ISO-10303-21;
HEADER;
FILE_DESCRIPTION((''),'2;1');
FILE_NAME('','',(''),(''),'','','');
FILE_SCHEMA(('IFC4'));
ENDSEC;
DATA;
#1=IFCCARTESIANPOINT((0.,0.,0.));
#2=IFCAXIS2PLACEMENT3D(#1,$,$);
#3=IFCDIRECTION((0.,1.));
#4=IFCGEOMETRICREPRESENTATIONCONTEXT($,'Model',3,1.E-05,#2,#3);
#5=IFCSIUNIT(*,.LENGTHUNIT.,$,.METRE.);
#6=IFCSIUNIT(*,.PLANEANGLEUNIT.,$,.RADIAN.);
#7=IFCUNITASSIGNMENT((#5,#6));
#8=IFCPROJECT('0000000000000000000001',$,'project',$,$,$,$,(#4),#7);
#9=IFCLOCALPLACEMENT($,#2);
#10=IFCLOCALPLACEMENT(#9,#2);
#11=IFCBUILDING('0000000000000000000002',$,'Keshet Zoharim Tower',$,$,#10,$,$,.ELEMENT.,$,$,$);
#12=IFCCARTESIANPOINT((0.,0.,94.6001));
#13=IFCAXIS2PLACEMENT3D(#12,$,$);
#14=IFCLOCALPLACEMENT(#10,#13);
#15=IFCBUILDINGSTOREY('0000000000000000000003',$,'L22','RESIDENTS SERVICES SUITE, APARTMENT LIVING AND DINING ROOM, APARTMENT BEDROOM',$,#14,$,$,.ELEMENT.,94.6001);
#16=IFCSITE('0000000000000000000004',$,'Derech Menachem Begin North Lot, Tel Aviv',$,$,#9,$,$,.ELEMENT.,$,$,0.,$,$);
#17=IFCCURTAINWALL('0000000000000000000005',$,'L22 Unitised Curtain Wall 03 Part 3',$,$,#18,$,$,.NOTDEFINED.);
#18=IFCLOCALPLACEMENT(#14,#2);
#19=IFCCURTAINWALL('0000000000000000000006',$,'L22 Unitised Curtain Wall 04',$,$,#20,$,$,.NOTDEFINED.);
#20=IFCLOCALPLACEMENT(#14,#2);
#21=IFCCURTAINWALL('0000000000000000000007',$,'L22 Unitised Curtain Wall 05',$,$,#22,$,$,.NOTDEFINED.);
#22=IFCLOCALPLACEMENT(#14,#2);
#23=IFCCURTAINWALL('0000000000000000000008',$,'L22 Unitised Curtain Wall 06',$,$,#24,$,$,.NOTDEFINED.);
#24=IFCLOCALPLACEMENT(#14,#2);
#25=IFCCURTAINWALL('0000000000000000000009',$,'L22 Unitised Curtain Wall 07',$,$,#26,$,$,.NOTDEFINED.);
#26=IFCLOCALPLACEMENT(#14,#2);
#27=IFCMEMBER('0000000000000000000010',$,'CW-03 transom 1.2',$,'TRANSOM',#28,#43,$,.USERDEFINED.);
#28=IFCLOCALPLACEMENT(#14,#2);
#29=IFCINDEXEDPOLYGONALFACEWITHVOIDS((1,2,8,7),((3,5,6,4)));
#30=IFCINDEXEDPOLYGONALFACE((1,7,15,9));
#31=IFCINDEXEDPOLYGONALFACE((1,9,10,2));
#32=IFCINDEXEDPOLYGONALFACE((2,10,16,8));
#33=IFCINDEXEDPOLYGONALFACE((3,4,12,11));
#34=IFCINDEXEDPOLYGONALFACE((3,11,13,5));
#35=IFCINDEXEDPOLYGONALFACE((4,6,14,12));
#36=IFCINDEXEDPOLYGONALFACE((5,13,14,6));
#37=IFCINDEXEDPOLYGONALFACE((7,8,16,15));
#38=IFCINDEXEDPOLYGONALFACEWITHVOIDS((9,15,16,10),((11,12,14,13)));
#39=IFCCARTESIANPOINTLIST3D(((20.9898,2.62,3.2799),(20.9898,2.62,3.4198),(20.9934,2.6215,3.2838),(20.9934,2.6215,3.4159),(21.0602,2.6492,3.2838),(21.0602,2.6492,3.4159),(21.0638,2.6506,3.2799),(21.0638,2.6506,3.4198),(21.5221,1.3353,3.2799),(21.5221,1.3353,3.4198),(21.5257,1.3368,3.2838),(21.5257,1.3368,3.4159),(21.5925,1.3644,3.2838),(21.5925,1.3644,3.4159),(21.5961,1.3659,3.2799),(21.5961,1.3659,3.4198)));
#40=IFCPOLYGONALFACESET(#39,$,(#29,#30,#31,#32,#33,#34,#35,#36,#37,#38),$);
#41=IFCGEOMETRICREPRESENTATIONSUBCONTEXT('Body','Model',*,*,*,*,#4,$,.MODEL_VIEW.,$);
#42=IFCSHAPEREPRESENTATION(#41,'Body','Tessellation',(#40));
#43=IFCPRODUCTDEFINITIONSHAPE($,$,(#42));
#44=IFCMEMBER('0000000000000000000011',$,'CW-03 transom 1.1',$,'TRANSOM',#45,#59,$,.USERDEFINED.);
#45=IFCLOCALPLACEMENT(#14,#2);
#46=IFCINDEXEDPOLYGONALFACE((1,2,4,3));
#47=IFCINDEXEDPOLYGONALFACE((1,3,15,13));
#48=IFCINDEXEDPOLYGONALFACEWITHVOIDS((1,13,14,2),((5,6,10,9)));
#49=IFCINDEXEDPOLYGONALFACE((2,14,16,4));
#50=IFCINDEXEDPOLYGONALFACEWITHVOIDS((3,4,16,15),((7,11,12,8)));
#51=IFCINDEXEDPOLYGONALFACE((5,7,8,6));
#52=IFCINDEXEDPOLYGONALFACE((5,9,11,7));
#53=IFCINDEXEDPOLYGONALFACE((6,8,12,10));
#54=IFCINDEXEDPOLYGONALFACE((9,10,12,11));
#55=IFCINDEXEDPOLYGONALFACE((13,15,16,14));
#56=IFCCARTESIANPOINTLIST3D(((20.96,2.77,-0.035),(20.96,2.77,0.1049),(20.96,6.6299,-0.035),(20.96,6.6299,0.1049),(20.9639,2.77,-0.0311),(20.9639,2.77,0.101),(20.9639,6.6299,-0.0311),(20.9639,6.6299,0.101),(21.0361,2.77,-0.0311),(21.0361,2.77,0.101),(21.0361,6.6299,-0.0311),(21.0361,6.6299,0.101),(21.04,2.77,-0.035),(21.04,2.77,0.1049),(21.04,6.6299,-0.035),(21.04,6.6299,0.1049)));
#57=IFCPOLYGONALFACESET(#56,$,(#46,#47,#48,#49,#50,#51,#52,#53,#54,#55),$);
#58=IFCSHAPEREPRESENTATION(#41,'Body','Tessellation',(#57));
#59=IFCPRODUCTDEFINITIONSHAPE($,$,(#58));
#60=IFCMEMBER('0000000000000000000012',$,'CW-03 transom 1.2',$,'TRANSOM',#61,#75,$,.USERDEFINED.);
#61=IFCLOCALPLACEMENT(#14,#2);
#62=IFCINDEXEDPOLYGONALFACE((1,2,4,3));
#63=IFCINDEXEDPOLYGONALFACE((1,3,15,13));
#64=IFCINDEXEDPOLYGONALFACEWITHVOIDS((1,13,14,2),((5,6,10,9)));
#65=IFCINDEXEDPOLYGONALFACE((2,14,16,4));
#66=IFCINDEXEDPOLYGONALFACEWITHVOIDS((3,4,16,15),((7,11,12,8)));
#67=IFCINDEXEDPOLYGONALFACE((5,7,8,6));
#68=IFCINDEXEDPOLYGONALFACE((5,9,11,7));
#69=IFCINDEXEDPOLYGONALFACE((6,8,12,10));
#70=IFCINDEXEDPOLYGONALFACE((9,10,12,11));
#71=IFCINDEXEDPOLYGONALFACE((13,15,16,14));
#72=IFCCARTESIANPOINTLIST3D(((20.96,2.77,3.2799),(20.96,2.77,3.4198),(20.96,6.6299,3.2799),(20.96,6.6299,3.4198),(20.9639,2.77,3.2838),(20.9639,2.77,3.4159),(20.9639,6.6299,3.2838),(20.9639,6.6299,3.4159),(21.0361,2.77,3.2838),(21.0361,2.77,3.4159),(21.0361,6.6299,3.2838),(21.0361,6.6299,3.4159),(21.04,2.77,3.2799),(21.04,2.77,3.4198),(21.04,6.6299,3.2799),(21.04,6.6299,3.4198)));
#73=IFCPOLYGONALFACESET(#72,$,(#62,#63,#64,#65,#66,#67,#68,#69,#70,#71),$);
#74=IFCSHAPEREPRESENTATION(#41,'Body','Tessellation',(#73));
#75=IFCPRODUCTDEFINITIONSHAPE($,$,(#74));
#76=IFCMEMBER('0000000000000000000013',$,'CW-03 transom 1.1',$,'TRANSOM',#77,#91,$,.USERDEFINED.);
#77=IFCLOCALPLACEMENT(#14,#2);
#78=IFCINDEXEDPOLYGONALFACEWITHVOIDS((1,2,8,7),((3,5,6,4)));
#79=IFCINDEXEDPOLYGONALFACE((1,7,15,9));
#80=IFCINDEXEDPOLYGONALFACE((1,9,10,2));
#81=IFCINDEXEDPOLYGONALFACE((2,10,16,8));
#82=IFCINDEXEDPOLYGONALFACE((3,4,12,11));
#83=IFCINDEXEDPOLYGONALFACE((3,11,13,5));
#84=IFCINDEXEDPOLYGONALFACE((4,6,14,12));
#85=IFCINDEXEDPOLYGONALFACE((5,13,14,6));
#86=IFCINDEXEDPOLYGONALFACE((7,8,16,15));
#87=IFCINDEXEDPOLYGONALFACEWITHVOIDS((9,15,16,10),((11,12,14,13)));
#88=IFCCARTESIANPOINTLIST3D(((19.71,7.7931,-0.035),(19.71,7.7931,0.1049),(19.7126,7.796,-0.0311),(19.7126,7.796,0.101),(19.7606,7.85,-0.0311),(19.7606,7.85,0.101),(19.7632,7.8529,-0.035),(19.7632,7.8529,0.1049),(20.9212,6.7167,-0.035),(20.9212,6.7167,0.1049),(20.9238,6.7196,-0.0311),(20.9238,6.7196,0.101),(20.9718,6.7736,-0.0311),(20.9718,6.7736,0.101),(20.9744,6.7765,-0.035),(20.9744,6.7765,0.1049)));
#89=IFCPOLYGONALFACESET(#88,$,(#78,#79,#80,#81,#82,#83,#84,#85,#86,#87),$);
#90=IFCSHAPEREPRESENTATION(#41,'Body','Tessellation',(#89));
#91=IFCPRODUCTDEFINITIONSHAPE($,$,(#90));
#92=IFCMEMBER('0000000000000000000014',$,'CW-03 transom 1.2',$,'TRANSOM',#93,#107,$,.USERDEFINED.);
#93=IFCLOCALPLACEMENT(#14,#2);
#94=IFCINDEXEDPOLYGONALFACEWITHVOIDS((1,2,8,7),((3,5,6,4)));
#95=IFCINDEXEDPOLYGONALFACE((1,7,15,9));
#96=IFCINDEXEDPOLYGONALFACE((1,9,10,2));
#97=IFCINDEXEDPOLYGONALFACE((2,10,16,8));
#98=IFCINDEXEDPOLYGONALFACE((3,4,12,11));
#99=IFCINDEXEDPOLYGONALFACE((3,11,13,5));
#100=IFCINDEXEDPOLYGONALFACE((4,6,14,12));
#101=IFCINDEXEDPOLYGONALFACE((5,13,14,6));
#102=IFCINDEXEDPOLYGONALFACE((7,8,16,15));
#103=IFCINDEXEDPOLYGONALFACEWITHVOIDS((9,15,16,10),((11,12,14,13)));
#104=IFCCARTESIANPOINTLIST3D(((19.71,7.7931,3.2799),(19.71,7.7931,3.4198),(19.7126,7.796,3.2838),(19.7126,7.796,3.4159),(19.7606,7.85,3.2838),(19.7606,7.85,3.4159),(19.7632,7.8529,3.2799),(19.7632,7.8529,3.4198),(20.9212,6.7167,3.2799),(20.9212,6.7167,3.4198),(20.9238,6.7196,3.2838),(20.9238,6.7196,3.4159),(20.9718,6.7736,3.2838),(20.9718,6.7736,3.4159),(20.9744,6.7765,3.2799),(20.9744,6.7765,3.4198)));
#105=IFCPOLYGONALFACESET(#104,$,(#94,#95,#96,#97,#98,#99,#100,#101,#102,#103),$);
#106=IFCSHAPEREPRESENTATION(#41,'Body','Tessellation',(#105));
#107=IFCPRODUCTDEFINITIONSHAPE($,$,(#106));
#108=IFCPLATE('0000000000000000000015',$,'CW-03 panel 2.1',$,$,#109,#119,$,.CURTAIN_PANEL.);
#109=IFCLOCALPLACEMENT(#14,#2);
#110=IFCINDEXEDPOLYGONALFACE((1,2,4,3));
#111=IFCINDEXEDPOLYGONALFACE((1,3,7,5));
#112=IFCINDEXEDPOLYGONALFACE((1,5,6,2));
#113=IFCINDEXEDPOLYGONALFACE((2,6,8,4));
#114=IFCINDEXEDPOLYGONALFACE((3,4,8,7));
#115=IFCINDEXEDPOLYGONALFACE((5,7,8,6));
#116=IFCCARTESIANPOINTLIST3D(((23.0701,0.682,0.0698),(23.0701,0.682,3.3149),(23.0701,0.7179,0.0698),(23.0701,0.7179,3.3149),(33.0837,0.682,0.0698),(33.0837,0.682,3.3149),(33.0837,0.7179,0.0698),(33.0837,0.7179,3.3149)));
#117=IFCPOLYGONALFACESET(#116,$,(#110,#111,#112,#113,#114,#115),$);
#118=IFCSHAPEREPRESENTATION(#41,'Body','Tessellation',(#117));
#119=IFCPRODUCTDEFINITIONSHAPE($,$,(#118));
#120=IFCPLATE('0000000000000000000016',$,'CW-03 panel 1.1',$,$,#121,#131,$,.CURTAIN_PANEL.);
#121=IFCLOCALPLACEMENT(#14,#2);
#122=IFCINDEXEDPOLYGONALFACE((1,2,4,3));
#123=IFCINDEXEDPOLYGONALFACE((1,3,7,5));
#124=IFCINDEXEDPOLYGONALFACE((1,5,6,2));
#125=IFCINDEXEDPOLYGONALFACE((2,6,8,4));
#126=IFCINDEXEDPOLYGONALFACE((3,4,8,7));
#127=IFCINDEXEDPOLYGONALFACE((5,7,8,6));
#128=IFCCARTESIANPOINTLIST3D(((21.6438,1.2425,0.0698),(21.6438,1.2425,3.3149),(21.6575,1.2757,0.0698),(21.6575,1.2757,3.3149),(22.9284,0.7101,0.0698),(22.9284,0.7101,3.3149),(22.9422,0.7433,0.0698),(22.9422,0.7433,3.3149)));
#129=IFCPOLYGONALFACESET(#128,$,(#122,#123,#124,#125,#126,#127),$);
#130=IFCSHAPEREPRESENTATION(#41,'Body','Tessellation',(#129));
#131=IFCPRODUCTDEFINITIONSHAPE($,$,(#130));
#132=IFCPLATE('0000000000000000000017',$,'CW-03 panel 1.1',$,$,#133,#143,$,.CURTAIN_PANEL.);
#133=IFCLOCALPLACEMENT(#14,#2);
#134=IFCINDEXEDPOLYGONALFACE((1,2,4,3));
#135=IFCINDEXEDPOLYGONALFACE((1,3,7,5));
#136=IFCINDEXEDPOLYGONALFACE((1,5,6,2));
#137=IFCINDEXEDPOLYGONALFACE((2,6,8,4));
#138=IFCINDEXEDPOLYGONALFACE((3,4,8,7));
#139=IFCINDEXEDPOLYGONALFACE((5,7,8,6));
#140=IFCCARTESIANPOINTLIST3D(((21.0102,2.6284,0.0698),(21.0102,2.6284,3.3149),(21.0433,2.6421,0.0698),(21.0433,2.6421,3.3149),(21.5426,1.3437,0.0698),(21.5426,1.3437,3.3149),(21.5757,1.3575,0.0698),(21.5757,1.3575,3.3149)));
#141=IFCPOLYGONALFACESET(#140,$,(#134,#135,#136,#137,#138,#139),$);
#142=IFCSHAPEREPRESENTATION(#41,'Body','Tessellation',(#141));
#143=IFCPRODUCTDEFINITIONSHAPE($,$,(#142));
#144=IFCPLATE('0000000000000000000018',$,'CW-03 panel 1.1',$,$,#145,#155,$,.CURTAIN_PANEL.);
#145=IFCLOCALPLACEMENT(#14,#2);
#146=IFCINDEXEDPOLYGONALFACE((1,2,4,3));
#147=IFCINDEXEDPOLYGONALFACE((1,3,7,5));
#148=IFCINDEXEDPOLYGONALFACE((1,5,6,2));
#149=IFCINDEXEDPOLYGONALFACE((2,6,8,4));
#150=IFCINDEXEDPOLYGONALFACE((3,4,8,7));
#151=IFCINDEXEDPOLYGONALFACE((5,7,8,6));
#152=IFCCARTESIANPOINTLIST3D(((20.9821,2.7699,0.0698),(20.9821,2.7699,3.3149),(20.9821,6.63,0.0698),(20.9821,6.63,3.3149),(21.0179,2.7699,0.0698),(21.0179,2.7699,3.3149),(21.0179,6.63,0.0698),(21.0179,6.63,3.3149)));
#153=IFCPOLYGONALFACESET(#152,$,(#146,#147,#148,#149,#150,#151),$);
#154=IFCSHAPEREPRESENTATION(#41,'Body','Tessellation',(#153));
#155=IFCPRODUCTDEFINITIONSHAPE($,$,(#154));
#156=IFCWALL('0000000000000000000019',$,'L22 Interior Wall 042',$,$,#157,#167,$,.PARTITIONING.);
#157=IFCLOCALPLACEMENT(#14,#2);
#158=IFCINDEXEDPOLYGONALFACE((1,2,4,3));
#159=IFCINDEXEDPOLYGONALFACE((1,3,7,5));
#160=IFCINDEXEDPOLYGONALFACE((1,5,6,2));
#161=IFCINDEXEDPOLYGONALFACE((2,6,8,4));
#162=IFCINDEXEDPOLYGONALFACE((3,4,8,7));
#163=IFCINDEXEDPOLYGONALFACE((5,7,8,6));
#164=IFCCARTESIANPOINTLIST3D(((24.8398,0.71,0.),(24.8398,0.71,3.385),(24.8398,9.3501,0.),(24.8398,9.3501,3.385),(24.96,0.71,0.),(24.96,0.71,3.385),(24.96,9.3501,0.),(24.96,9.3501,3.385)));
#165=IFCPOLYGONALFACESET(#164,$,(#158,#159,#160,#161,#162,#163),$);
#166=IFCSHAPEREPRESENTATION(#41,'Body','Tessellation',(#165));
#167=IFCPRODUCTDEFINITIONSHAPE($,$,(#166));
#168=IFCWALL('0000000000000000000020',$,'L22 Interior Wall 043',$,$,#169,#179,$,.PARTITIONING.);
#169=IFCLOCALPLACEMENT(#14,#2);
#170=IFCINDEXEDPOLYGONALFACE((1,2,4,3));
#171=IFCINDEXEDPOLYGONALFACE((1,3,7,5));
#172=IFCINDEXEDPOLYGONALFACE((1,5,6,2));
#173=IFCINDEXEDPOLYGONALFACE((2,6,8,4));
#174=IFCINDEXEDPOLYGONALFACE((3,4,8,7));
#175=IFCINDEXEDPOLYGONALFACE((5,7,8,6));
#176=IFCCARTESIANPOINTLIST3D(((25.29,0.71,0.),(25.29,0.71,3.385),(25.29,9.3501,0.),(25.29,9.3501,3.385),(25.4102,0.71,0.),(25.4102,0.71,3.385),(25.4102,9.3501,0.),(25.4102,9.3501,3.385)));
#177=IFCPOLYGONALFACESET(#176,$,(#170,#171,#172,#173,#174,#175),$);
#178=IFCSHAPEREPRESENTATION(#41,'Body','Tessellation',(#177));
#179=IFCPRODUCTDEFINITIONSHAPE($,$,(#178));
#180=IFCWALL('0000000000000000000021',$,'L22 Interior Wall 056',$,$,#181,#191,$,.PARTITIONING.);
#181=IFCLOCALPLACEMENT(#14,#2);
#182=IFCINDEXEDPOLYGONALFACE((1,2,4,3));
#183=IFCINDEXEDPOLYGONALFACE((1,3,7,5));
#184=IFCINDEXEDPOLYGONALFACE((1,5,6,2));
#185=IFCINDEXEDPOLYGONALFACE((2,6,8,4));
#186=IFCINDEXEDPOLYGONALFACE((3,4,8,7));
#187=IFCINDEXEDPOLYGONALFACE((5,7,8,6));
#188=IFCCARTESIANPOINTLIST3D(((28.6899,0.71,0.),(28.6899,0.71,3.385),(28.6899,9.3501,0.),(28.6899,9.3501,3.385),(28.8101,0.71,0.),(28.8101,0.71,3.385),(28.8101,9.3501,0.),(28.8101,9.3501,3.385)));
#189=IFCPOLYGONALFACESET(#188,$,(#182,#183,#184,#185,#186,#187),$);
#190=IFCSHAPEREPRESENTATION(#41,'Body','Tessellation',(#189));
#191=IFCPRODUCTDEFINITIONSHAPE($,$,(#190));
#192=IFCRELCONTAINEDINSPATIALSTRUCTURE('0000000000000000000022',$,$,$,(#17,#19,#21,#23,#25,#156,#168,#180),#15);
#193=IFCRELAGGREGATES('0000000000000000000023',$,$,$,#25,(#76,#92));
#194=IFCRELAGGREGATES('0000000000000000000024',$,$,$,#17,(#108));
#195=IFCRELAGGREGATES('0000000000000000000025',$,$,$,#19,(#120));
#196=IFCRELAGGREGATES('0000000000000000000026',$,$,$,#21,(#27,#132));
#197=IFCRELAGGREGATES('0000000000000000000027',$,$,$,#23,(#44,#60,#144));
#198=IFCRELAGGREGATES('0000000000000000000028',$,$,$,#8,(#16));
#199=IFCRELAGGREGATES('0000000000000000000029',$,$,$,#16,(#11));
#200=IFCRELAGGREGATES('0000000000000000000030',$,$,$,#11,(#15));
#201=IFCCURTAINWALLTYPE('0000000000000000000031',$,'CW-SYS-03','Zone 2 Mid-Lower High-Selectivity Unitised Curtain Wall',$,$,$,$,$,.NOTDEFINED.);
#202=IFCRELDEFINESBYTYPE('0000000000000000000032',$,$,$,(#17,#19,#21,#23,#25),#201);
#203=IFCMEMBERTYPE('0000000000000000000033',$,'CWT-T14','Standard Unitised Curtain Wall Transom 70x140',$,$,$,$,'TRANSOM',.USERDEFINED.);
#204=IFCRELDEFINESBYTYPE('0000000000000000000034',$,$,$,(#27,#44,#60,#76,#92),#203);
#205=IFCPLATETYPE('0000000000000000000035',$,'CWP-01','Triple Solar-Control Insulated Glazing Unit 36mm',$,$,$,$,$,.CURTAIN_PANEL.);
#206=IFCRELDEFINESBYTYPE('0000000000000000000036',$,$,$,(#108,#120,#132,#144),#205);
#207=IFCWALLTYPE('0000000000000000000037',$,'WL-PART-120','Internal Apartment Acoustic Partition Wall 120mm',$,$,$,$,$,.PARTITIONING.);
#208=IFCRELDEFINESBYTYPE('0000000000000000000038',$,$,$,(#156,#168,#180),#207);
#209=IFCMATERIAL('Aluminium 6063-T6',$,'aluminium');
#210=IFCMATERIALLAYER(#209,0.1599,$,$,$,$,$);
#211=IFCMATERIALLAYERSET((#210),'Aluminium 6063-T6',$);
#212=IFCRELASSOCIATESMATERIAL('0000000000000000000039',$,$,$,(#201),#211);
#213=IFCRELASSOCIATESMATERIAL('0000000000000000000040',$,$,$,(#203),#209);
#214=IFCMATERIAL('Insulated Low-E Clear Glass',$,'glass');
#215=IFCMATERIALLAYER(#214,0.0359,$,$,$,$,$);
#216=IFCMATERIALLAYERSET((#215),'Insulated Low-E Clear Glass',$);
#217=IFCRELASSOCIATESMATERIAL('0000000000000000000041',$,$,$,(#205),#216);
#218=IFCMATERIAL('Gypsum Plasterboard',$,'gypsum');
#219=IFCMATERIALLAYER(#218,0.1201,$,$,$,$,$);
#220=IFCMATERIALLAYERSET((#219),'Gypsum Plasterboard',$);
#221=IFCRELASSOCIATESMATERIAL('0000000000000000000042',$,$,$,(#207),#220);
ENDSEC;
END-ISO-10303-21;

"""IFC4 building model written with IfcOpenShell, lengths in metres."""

from ifc_helpers import new_model, si_unit, direction, frame, frame_2d, origin, origin_2d, place, context, subcontext, project, spatial, rectangle, hollow_rectangle, extrude, material, layer, layer_set, material_profile, profile_set, type_object, element, aggregate, save


model = new_model("IFC4")

# Units and contexts
model_context = context("Model", 3, precision=1e-05, world=origin(), true_north=direction((0.0, 1.0)))
body_context = subcontext(model_context, "Body", "Model", "MODEL_VIEW")
ifc_project = project(units=[si_unit("LENGTHUNIT", "METRE"), si_unit("PLANEANGLEUNIT", "RADIAN")], contexts=[model_context])

# Site, building, storey
site_placement = place(None, origin())
site = spatial("IfcSite", under=ifc_project, at=site_placement, Name="Derech Menachem Begin North Lot, Tel Aviv", CompositionType="ELEMENT", RefElevation=0.0)
building_placement = place(site_placement, origin())
building = spatial("IfcBuilding", under=site, at=building_placement, Name="Keshet Zoharim Tower", CompositionType="ELEMENT")
storey_placement = place(building_placement, frame((0.0, 0.0, 94.6001)))
storey = spatial("IfcBuildingStorey", under=building, at=storey_placement, Name="L22", Description="RESIDENTS SERVICES SUITE, APARTMENT LIVING AND DINING ROOM, APARTMENT BEDROOM", CompositionType="ELEMENT", Elevation=94.6001)

# Curtain wall
ifc_material_1 = material(Name="Aluminium 6063-T6", Category="aluminium")
ifc_layer_1 = layer(ifc_material_1, 0.1599)
ifc_layer_set_1 = layer_set([ifc_layer_1], Name="Aluminium 6063-T6")
curtain_wall_type = type_object("IfcCurtainWallType", Name="CW-SYS-03", Description="Zone 2 Mid-Lower High-Selectivity Unitised Curtain Wall", PredefinedType="NOTDEFINED", material=ifc_layer_set_1)
curtain_wall_1_placement = place(storey_placement, origin())
curtain_wall_1 = element("IfcCurtainWall", 1, at=curtain_wall_1_placement, inside=storey, type_object=curtain_wall_type, Name="L22 Unitised Curtain Wall 03 Part 3", PredefinedType="NOTDEFINED")

# Curtain walls
curtain_wall_2_placement = place(storey_placement, origin())
curtain_wall_2 = element("IfcCurtainWall", 2, at=curtain_wall_2_placement, inside=storey, type_object=curtain_wall_type, Name="L22 Unitised Curtain Wall 04", PredefinedType="NOTDEFINED")
curtain_wall_3_placement = place(storey_placement, origin())
curtain_wall_3 = element("IfcCurtainWall", 3, at=curtain_wall_3_placement, inside=storey, type_object=curtain_wall_type, Name="L22 Unitised Curtain Wall 05", PredefinedType="NOTDEFINED")
curtain_wall_4_placement = place(storey_placement, origin())
curtain_wall_4 = element("IfcCurtainWall", 4, at=curtain_wall_4_placement, inside=storey, type_object=curtain_wall_type, Name="L22 Unitised Curtain Wall 06", PredefinedType="NOTDEFINED")

# Curtain wall
curtain_wall_5_placement = place(storey_placement, origin())
curtain_wall_5 = element("IfcCurtainWall", 5, at=curtain_wall_5_placement, inside=storey, type_object=curtain_wall_type, Name="L22 Unitised Curtain Wall 07", PredefinedType="NOTDEFINED")

# Members
ifc_material_profile_1 = material_profile(ifc_material_1, hollow_rectangle(XDim=0.0801, YDim=0.1399, WallThickness=0.0039, at=origin_2d()), Name="TRN-80x140")
ifc_profile_set_1 = profile_set([ifc_material_profile_1], Name="Aluminium 6063-T6")
member_type_1 = type_object("IfcMemberType", Name="CWT-T14", Description="Standard Unitised Curtain Wall Transom 70x140", ElementType="TRANSOM", PredefinedType="USERDEFINED", material=ifc_profile_set_1)
member_1_placement = place(storey_placement, frame((21.5591, 1.3506, 3.3499), z_axis=(-0.382745, 0.923854, 0.0), x_axis=(-0.923854, -0.382745, 0.0)))
member_1 = element("IfcMember", 6, at=member_1_placement, type_object=member_type_1, Name="CW-03 transom 1.2", ObjectType="TRANSOM", PredefinedType="USERDEFINED", context=body_context, shape_type="SweptSolid", body=[
    extrude(hollow_rectangle(XDim=0.0801, YDim=0.1399, WallThickness=0.0039, at=origin_2d()), origin(), (0.0, 0.0, 1.0), 1.3906),
])
member_2_placement = place(storey_placement, frame((21.0, 2.77, 0.0349), z_axis=(0.0, 1.0, 0.0), x_axis=(-1.0, 0.0, 0.0)))
member_2 = element("IfcMember", 7, at=member_2_placement, type_object=member_type_1, Name="CW-03 transom 1.1", ObjectType="TRANSOM", PredefinedType="USERDEFINED", context=body_context, shape_type="SweptSolid", body=[
    extrude(hollow_rectangle(XDim=0.0801, YDim=0.1399, WallThickness=0.0039, at=origin_2d()), origin(), (0.0, 0.0, 1.0), 3.8599),
])
member_3_placement = place(storey_placement, frame((21.0, 2.77, 3.3499), z_axis=(0.0, 1.0, 0.0), x_axis=(-1.0, 0.0, 0.0)))
member_3 = element("IfcMember", 8, at=member_3_placement, type_object=member_type_1, Name="CW-03 transom 1.2", ObjectType="TRANSOM", PredefinedType="USERDEFINED", context=body_context, shape_type="SweptSolid", body=[
    extrude(hollow_rectangle(XDim=0.0801, YDim=0.1399, WallThickness=0.0039, at=origin_2d()), origin(), (0.0, 0.0, 1.0), 3.8599),
])
member_4_placement = place(storey_placement, frame((20.9478, 6.7466, 0.0349), z_axis=(-0.747468, 0.664298, 0.0), x_axis=(-0.664298, -0.747468, 0.0)))
member_4 = element("IfcMember", 9, at=member_4_placement, type_object=member_type_1, Name="CW-03 transom 1.1", ObjectType="TRANSOM", PredefinedType="USERDEFINED", context=body_context, shape_type="SweptSolid", body=[
    extrude(hollow_rectangle(XDim=0.0801, YDim=0.1399, WallThickness=0.0039, at=origin_2d()), origin(), (0.0, 0.0, 1.0), 1.6204),
])
member_5_placement = place(storey_placement, frame((20.9478, 6.7466, 3.3499), z_axis=(-0.747468, 0.664298, 0.0), x_axis=(-0.664298, -0.747468, 0.0)))
member_5 = element("IfcMember", 10, at=member_5_placement, type_object=member_type_1, Name="CW-03 transom 1.2", ObjectType="TRANSOM", PredefinedType="USERDEFINED", context=body_context, shape_type="SweptSolid", body=[
    extrude(hollow_rectangle(XDim=0.0801, YDim=0.1399, WallThickness=0.0039, at=origin_2d()), origin(), (0.0, 0.0, 1.0), 1.6204),
])
aggregate(curtain_wall_5, [member_4, member_5])

# Plates
ifc_material_2 = material(Name="Insulated Low-E Clear Glass", Category="glass")
ifc_layer_2 = layer(ifc_material_2, 0.0359)
ifc_layer_set_2 = layer_set([ifc_layer_2], Name="Insulated Low-E Clear Glass")
plate_type = type_object("IfcPlateType", Name="CWP-01", Description="Triple Solar-Control Insulated Glazing Unit 36mm", PredefinedType="CURTAIN_PANEL", material=ifc_layer_set_2)
plate_1_placement = place(storey_placement, frame((28.0769, 0.7, 0.0698), z_axis=(0.0, 0.0, 1.0), x_axis=(-1.0, 0.0, 0.0)))
plate_1 = element("IfcPlate", 11, at=plate_1_placement, type_object=plate_type, Name="CW-03 panel 2.1", PredefinedType="CURTAIN_PANEL", context=body_context, shape_type="SweptSolid", body=[
    extrude(rectangle(XDim=10.0137, YDim=0.0359, at=origin_2d()), origin(), (0.0, 0.0, 1.0), 3.2451),
])
aggregate(curtain_wall_1, [plate_1])
plate_2_placement = place(storey_placement, frame((22.293, 0.9929, 0.0698), z_axis=(0.0, 0.0, 1.0), x_axis=(-0.92381, 0.382852, 0.0)))
plate_2 = element("IfcPlate", 12, at=plate_2_placement, type_object=plate_type, Name="CW-03 panel 1.1", PredefinedType="CURTAIN_PANEL", context=body_context, shape_type="SweptSolid", body=[
    extrude(rectangle(XDim=1.3906, YDim=0.0359, at=origin_2d()), origin(), (0.0, 0.0, 1.0), 3.2451),
])
aggregate(curtain_wall_2, [plate_2])
plate_3_placement = place(storey_placement, frame((21.293, 1.9929, 0.0698), z_axis=(0.0, 0.0, 1.0), x_axis=(-0.382852, 0.92381, 0.0)))
plate_3 = element("IfcPlate", 13, at=plate_3_placement, type_object=plate_type, Name="CW-03 panel 1.1", PredefinedType="CURTAIN_PANEL", context=body_context, shape_type="SweptSolid", body=[
    extrude(rectangle(XDim=1.3906, YDim=0.0359, at=origin_2d()), origin(), (0.0, 0.0, 1.0), 3.2451),
])
aggregate(curtain_wall_3, [member_1, plate_3])
plate_4_placement = place(storey_placement, frame((21.0, 4.7, 0.0698), z_axis=(0.0, 0.0, 1.0), x_axis=(0.0, 1.0, 0.0)))
plate_4 = element("IfcPlate", 14, at=plate_4_placement, type_object=plate_type, Name="CW-03 panel 1.1", PredefinedType="CURTAIN_PANEL", context=body_context, shape_type="SweptSolid", body=[
    extrude(rectangle(XDim=3.8601, YDim=0.0359, at=origin_2d()), origin(), (0.0, 0.0, 1.0), 3.2451),
])
aggregate(curtain_wall_4, [member_2, member_3, plate_4])

# Walls
ifc_material_3 = material(Name="Gypsum Plasterboard", Category="gypsum")
ifc_layer_3 = layer(ifc_material_3, 0.1201)
ifc_layer_set_3 = layer_set([ifc_layer_3], Name="Gypsum Plasterboard")
wall_type = type_object("IfcWallType", Name="WL-PART-120", Description="Internal Apartment Acoustic Partition Wall 120mm", PredefinedType="PARTITIONING", material=ifc_layer_set_3)
for number, where, z_axis, x_axis, name in (
    (15, (24.8999, 0.71, 0.0), (0.0, 0.0, 1.0), (0.0, 1.0, 0.0), "L22 Interior Wall 042"),
    (16, (25.3501, 0.71, 0.0), (0.0, 0.0, 1.0), (0.0, 1.0, 0.0), "L22 Interior Wall 043"),
    (17, (28.75, 0.71, 0.0), (0.0, 0.0, 1.0), (0.0, 1.0, 0.0), "L22 Interior Wall 056"),
):
    element("IfcWall", number, at=place(storey_placement, frame(where, z_axis=z_axis, x_axis=x_axis)), inside=storey, type_object=wall_type, Name=name, PredefinedType="PARTITIONING", context=body_context, shape_type="SweptSolid", body=[
        extrude(rectangle(XDim=8.6401, YDim=0.1201, at=frame_2d((4.3201, 0.0))), origin(), (0.0, 0.0, 1.0), 3.385),
    ])

save(model, "model.ifc")
